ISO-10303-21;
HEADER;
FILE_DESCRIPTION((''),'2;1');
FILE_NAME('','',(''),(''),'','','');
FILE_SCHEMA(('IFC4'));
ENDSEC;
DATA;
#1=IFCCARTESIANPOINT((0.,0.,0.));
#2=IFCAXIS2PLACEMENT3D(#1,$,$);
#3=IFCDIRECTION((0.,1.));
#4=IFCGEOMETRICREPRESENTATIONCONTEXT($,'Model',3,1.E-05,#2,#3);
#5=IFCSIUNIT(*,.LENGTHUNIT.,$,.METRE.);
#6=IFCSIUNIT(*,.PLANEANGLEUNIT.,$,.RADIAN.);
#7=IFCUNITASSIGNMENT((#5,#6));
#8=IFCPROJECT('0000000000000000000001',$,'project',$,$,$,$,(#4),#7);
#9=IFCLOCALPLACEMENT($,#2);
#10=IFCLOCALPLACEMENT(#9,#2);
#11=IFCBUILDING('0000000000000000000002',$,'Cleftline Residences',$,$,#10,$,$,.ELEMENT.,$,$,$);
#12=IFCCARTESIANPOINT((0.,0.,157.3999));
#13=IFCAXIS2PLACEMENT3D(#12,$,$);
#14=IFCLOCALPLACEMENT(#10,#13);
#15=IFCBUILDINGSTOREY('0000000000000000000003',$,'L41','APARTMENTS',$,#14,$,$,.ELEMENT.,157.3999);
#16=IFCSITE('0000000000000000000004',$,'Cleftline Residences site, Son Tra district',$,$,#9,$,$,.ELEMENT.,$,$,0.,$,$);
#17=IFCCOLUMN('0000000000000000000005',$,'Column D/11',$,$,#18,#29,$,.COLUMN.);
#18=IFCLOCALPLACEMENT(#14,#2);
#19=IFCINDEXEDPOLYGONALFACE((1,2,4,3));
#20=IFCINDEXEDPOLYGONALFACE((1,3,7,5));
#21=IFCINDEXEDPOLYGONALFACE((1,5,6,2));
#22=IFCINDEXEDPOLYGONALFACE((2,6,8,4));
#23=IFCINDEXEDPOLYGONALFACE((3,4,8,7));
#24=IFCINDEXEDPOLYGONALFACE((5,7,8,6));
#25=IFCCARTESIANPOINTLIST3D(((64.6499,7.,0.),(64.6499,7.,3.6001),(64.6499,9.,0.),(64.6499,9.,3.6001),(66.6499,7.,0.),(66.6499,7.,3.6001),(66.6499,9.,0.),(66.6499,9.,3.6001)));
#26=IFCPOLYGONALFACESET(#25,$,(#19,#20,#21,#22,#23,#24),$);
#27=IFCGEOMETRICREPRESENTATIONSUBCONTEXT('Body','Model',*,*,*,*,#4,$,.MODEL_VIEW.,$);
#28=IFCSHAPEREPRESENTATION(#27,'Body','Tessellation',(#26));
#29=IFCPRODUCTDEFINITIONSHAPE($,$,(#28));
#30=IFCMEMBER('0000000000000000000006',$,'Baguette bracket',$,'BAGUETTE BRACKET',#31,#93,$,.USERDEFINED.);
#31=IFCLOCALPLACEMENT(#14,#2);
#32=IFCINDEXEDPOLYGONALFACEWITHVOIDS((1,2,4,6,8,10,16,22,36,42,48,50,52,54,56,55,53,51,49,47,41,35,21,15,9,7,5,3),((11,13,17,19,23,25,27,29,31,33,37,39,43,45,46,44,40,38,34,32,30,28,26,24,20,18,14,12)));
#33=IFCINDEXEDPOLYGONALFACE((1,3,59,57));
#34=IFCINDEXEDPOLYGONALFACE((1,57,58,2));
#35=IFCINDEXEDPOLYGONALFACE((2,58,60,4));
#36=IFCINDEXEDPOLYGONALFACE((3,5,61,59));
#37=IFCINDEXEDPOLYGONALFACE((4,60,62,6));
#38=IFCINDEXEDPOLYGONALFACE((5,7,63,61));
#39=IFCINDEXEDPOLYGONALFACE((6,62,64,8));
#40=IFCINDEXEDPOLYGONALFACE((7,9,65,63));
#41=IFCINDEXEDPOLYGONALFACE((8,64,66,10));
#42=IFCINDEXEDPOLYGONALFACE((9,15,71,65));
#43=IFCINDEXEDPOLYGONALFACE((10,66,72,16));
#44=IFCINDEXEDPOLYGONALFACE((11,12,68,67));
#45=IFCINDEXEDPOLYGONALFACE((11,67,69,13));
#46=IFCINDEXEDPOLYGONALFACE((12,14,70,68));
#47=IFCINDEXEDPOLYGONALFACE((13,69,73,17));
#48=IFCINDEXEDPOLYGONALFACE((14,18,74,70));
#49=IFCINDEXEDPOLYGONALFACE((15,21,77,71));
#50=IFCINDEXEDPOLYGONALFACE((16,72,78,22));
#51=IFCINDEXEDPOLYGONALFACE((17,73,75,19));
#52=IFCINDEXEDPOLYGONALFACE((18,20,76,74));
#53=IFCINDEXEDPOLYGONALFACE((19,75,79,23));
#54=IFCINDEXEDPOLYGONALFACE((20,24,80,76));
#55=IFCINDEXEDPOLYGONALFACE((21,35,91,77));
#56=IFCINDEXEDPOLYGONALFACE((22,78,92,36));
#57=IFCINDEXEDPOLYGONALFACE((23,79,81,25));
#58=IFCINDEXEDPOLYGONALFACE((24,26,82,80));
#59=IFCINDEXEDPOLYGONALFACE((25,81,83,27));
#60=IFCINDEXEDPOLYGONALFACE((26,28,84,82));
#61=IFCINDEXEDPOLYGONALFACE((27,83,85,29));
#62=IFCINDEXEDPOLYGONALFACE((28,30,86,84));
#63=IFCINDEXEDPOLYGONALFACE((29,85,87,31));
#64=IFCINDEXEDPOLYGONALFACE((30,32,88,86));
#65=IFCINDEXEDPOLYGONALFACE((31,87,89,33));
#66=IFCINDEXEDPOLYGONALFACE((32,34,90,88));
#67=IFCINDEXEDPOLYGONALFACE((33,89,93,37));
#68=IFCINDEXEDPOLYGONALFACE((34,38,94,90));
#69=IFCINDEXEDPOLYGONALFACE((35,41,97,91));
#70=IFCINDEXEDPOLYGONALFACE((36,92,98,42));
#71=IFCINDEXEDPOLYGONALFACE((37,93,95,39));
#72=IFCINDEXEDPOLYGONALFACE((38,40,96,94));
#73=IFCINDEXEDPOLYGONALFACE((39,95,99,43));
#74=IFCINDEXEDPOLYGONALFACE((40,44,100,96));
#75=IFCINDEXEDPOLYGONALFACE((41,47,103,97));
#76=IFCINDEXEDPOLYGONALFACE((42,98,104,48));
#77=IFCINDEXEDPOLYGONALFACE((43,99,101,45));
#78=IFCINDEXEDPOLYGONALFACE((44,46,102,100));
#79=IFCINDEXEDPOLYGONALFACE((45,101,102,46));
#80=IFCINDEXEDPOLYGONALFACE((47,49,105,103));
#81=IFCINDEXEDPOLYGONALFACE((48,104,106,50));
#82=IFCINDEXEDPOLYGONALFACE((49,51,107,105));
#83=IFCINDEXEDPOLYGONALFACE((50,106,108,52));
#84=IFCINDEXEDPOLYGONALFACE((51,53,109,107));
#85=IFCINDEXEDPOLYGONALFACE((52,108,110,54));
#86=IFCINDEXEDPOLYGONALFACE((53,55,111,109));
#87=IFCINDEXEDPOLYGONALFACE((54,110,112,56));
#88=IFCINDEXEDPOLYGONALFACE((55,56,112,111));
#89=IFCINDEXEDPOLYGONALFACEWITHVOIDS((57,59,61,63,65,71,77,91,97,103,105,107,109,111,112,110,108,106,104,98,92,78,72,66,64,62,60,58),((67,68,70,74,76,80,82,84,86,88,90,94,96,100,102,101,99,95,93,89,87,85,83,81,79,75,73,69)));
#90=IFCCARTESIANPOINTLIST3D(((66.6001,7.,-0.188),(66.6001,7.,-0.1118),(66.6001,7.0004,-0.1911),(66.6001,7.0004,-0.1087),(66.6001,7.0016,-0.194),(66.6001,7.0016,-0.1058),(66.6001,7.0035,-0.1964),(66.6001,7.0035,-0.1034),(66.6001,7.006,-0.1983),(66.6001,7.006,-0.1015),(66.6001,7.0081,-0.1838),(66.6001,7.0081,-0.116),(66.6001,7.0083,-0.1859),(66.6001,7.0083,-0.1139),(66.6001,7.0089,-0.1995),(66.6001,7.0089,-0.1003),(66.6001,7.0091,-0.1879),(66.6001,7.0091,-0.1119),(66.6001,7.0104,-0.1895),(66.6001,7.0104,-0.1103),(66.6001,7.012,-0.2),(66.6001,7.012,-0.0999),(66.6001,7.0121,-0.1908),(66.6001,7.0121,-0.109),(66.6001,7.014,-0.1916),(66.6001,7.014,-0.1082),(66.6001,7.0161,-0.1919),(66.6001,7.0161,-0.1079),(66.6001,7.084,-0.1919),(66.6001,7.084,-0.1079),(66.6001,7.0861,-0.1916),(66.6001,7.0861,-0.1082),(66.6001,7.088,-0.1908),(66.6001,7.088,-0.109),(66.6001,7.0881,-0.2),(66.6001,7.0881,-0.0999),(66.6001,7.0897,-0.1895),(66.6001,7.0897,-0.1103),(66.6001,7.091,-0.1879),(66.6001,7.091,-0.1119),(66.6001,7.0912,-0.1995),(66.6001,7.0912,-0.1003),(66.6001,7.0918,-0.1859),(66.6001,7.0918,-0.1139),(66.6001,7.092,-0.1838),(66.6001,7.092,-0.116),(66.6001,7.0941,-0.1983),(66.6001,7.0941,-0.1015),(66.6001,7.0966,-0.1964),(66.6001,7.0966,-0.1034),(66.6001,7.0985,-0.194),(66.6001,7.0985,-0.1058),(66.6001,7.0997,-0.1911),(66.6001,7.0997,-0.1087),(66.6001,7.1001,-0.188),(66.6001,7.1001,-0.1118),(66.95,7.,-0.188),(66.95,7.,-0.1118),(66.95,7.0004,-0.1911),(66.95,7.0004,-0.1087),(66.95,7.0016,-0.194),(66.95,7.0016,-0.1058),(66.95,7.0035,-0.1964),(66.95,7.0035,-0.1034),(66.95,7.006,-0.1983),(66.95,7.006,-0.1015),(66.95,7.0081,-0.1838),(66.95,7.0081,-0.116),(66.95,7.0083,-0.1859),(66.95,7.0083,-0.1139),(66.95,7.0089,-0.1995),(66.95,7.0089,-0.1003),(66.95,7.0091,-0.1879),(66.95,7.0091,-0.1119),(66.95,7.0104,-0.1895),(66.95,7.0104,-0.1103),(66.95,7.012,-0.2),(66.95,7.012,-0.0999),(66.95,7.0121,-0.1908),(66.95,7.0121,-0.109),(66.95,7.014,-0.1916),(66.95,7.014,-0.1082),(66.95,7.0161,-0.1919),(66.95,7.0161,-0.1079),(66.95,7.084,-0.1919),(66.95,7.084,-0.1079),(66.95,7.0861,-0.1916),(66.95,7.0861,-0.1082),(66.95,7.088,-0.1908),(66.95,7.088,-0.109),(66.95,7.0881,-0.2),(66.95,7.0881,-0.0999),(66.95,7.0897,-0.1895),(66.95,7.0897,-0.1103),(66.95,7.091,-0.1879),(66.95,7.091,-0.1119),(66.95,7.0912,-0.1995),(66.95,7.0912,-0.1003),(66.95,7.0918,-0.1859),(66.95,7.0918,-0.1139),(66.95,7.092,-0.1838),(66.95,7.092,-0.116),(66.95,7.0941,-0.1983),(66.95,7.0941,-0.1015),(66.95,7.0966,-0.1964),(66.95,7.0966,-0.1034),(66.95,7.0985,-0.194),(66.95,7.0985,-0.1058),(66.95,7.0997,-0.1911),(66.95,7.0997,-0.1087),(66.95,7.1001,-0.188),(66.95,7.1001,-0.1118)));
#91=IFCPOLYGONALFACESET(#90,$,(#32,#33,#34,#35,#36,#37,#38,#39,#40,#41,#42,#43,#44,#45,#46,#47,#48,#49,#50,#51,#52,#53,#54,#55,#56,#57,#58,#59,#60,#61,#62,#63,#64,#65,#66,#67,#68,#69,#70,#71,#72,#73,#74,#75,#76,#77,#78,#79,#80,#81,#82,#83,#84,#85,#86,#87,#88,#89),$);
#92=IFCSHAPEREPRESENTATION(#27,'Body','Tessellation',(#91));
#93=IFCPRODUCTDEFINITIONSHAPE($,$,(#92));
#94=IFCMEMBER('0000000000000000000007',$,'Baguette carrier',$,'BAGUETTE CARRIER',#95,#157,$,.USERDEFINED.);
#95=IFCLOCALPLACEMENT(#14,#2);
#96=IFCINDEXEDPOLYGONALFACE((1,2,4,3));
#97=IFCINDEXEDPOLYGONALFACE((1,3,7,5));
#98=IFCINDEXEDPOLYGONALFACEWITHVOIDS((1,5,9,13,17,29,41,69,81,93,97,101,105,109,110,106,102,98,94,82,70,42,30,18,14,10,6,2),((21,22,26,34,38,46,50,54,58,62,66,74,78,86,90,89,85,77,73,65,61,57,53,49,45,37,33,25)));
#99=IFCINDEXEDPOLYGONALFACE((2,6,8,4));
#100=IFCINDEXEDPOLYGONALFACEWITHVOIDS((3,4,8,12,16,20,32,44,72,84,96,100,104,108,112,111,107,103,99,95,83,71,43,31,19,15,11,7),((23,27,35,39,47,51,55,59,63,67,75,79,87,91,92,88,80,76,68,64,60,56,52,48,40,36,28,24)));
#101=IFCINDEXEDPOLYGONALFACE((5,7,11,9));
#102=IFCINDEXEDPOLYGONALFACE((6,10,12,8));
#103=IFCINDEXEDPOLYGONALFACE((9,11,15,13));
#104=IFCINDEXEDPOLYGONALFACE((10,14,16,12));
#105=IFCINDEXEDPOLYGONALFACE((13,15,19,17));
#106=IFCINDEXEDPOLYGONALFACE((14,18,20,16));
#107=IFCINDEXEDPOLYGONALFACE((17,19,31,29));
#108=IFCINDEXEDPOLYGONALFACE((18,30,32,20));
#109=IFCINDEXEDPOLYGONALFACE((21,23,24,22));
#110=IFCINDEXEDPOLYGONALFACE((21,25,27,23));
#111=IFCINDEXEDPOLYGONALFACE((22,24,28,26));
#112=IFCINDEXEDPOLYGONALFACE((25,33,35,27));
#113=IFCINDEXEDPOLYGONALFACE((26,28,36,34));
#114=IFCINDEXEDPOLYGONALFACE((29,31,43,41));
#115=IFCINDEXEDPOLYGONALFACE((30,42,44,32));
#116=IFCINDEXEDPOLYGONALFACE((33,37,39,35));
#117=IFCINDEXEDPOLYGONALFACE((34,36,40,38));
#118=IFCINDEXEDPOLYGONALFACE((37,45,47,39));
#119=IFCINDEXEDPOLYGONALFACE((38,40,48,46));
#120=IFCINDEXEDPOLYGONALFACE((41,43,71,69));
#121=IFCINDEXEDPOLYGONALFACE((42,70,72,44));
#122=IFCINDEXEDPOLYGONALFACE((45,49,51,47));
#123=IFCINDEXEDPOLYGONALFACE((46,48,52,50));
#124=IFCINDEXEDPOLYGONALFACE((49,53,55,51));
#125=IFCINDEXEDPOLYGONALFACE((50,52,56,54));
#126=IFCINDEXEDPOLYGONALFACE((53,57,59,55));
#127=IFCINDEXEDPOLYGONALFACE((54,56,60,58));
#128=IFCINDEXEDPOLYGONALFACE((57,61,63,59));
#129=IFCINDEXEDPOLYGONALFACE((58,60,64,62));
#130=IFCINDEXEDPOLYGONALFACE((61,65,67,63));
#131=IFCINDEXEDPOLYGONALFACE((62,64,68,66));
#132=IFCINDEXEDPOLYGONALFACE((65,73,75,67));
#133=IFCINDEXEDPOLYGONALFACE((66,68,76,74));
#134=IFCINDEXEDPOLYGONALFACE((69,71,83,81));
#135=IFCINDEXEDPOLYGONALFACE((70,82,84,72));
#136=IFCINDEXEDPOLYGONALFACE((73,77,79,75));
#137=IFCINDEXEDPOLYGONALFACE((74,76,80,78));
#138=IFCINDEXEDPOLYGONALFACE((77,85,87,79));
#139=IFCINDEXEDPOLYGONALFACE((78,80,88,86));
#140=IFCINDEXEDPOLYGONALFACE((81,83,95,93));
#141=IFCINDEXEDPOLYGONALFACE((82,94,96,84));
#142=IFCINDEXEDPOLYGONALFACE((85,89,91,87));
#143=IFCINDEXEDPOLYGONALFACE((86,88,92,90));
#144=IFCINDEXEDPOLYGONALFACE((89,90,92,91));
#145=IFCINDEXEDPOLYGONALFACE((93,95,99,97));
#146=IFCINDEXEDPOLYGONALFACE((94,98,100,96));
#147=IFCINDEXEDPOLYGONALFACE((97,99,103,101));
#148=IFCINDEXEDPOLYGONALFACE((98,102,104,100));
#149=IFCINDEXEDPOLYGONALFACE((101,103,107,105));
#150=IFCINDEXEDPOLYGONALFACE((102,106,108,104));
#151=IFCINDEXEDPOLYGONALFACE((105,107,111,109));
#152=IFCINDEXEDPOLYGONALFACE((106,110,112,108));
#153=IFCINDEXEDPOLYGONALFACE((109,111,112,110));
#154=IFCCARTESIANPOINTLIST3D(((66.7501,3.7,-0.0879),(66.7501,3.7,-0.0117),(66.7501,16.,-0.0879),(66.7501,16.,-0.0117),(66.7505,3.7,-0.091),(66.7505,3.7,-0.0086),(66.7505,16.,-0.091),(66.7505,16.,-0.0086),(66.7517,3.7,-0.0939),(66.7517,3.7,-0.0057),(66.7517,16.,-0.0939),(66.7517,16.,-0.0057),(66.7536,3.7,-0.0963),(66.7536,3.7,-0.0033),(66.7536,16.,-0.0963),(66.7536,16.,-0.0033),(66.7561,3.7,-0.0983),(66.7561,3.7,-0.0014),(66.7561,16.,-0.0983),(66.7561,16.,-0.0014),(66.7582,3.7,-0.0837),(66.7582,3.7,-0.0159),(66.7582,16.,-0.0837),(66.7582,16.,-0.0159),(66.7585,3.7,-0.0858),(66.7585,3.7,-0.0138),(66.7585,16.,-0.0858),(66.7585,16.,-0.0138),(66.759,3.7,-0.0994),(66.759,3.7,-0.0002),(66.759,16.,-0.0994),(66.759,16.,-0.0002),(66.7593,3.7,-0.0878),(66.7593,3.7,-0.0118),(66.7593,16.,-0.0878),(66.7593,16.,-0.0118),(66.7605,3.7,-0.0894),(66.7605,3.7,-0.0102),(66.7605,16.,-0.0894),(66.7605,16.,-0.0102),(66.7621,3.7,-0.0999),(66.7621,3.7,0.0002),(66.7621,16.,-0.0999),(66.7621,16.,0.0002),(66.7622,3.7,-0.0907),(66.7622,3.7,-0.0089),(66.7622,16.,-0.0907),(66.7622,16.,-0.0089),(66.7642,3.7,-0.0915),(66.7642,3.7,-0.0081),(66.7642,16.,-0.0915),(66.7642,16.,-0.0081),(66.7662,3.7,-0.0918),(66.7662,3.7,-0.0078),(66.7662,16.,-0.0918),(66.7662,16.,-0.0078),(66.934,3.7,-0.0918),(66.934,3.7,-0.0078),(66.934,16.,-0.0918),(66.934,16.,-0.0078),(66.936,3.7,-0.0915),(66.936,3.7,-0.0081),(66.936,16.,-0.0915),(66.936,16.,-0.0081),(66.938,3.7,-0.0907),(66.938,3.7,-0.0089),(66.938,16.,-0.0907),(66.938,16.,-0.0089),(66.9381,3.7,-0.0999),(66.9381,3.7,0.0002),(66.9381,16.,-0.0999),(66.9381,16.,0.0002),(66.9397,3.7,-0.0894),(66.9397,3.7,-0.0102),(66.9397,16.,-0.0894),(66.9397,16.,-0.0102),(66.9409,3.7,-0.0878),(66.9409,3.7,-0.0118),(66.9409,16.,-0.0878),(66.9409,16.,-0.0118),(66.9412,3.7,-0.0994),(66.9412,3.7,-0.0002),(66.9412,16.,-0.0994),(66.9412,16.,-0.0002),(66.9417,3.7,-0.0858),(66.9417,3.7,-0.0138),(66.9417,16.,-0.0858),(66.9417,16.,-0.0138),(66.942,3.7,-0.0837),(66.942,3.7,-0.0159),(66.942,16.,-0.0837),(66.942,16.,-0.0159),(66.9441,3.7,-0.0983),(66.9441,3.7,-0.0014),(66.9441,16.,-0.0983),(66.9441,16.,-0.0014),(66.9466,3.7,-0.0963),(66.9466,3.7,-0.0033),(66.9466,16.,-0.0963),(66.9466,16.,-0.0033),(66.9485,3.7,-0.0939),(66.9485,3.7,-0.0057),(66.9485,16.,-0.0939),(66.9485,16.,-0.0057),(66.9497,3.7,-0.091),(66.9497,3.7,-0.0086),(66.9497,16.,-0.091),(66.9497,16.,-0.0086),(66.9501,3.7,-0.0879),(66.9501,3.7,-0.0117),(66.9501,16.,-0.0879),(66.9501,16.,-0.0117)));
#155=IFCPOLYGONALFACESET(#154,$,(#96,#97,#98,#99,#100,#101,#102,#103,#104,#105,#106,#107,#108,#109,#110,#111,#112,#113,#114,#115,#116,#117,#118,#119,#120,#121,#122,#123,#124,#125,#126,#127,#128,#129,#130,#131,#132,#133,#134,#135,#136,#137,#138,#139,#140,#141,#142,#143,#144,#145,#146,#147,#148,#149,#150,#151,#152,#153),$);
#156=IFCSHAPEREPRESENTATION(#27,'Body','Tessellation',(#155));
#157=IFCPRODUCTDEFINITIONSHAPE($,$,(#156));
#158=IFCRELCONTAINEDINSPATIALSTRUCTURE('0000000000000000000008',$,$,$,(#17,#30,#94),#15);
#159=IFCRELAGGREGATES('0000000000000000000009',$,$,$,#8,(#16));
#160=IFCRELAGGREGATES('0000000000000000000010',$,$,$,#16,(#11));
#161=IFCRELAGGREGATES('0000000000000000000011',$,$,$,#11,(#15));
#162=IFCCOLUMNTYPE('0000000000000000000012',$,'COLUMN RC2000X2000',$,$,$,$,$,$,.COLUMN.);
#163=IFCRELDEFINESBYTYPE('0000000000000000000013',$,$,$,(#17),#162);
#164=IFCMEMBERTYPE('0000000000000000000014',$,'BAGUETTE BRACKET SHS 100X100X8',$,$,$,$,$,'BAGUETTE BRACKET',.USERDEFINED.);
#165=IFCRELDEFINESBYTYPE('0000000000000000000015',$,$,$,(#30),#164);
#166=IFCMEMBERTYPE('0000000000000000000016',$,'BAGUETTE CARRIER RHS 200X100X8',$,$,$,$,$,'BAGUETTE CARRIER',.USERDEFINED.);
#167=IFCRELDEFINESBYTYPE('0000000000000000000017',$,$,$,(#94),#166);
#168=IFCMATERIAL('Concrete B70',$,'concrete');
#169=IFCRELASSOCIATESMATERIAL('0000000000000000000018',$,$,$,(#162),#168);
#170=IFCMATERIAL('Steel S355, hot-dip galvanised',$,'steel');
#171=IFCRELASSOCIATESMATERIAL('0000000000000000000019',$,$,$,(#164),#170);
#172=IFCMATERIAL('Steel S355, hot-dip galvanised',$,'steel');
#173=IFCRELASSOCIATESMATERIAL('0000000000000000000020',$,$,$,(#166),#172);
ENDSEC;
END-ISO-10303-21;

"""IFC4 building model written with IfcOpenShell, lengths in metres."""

from ifc_helpers import new_model, si_unit, direction, frame, origin, origin_2d, place, context, subcontext, project, spatial, rectangle, hollow_rectangle, extrude, material, material_profile, profile_set, type_object, element, save


model = new_model("IFC4")

# Units and contexts
model_context = context("Model", 3, precision=1e-05, world=origin(), true_north=direction((0.0, 1.0)))
body_context = subcontext(model_context, "Body", "Model", "MODEL_VIEW")
ifc_project = project(units=[si_unit("LENGTHUNIT", "METRE"), si_unit("PLANEANGLEUNIT", "RADIAN")], contexts=[model_context])

# Site, building, storey
site_placement = place(None, origin())
site = spatial("IfcSite", under=ifc_project, at=site_placement, Name="Cleftline Residences site, Son Tra district", CompositionType="ELEMENT", RefElevation=0.0)
building_placement = place(site_placement, origin())
building = spatial("IfcBuilding", under=site, at=building_placement, Name="Cleftline Residences", CompositionType="ELEMENT")
storey_placement = place(building_placement, frame((0.0, 0.0, 157.3999)))
storey = spatial("IfcBuildingStorey", under=building, at=storey_placement, Name="L41", Description="APARTMENTS", CompositionType="ELEMENT", Elevation=157.3999)

# Column
ifc_material_1 = material(Name="Concrete B70", Category="concrete")
ifc_material_profile_1 = material_profile(ifc_material_1, rectangle(XDim=2.0, YDim=2.0, at=origin_2d()))
ifc_profile_set_1 = profile_set([ifc_material_profile_1], Name="Concrete B70")
column_type = type_object("IfcColumnType", Name="COLUMN RC2000X2000", PredefinedType="COLUMN", material=ifc_profile_set_1)
column_placement = place(storey_placement, frame((65.6499, 8.0, 0.0), z_axis=(0.0, 0.0, 1.0), x_axis=(1.0, 0.0, 0.0)))
element("IfcColumn", 1, at=column_placement, inside=storey, type_object=column_type, Name="Column D/11", PredefinedType="COLUMN", context=body_context, shape_type="SweptSolid", body=[
    extrude(rectangle(XDim=2.0, YDim=2.0, at=origin_2d()), origin(), (0.0, 0.0, 1.0), 3.6001),
])

# Members
ifc_material_2 = material(Name="Steel S355, hot-dip galvanised", Category="steel")
ifc_material_profile_2 = material_profile(ifc_material_2, hollow_rectangle(XDim=0.1001, YDim=0.1001, WallThickness=0.0081, InnerFilletRadius=0.0081, OuterFilletRadius=0.012, at=origin_2d()))
ifc_profile_set_2 = profile_set([ifc_material_profile_2], Name="Steel S355, hot-dip galvanised")
member_type_1 = type_object("IfcMemberType", Name="BAGUETTE BRACKET SHS 100X100X8", ElementType="BAGUETTE BRACKET", PredefinedType="USERDEFINED", material=ifc_profile_set_2)
member_1_placement = place(storey_placement, frame((66.6001, 7.05, -0.1499), z_axis=(1.0, 0.0, 0.0), x_axis=(0.0, 1.0, 0.0)))
element("IfcMember", 2, at=member_1_placement, inside=storey, type_object=member_type_1, Name="Baguette bracket", ObjectType="BAGUETTE BRACKET", PredefinedType="USERDEFINED", context=body_context, shape_type="SweptSolid", body=[
    extrude(hollow_rectangle(XDim=0.1001, YDim=0.1001, WallThickness=0.0081, InnerFilletRadius=0.0081, OuterFilletRadius=0.012, at=origin_2d()), origin(), (0.0, 0.0, 1.0), 0.3499),
])
ifc_material_3 = material(Name="Steel S355, hot-dip galvanised", Category="steel")
ifc_material_profile_3 = material_profile(ifc_material_3, hollow_rectangle(XDim=0.1001, YDim=0.2, WallThickness=0.0081, InnerFilletRadius=0.0081, OuterFilletRadius=0.012, at=origin_2d()))
ifc_profile_set_3 = profile_set([ifc_material_profile_3], Name="Steel S355, hot-dip galvanised")
member_type_2 = type_object("IfcMemberType", Name="BAGUETTE CARRIER RHS 200X100X8", ElementType="BAGUETTE CARRIER", PredefinedType="USERDEFINED", material=ifc_profile_set_3)
member_2_placement = place(storey_placement, frame((66.8501, 3.7, -0.0498), z_axis=(0.0, 1.0, 0.0), x_axis=(0.0, 0.0, 1.0)))
element("IfcMember", 3, at=member_2_placement, inside=storey, type_object=member_type_2, Name="Baguette carrier", ObjectType="BAGUETTE CARRIER", PredefinedType="USERDEFINED", context=body_context, shape_type="SweptSolid", body=[
    extrude(hollow_rectangle(XDim=0.1001, YDim=0.2, WallThickness=0.0081, InnerFilletRadius=0.0081, OuterFilletRadius=0.012, at=origin_2d()), origin(), (0.0, 0.0, 1.0), 12.3),
])

save(model, "model.ifc")
